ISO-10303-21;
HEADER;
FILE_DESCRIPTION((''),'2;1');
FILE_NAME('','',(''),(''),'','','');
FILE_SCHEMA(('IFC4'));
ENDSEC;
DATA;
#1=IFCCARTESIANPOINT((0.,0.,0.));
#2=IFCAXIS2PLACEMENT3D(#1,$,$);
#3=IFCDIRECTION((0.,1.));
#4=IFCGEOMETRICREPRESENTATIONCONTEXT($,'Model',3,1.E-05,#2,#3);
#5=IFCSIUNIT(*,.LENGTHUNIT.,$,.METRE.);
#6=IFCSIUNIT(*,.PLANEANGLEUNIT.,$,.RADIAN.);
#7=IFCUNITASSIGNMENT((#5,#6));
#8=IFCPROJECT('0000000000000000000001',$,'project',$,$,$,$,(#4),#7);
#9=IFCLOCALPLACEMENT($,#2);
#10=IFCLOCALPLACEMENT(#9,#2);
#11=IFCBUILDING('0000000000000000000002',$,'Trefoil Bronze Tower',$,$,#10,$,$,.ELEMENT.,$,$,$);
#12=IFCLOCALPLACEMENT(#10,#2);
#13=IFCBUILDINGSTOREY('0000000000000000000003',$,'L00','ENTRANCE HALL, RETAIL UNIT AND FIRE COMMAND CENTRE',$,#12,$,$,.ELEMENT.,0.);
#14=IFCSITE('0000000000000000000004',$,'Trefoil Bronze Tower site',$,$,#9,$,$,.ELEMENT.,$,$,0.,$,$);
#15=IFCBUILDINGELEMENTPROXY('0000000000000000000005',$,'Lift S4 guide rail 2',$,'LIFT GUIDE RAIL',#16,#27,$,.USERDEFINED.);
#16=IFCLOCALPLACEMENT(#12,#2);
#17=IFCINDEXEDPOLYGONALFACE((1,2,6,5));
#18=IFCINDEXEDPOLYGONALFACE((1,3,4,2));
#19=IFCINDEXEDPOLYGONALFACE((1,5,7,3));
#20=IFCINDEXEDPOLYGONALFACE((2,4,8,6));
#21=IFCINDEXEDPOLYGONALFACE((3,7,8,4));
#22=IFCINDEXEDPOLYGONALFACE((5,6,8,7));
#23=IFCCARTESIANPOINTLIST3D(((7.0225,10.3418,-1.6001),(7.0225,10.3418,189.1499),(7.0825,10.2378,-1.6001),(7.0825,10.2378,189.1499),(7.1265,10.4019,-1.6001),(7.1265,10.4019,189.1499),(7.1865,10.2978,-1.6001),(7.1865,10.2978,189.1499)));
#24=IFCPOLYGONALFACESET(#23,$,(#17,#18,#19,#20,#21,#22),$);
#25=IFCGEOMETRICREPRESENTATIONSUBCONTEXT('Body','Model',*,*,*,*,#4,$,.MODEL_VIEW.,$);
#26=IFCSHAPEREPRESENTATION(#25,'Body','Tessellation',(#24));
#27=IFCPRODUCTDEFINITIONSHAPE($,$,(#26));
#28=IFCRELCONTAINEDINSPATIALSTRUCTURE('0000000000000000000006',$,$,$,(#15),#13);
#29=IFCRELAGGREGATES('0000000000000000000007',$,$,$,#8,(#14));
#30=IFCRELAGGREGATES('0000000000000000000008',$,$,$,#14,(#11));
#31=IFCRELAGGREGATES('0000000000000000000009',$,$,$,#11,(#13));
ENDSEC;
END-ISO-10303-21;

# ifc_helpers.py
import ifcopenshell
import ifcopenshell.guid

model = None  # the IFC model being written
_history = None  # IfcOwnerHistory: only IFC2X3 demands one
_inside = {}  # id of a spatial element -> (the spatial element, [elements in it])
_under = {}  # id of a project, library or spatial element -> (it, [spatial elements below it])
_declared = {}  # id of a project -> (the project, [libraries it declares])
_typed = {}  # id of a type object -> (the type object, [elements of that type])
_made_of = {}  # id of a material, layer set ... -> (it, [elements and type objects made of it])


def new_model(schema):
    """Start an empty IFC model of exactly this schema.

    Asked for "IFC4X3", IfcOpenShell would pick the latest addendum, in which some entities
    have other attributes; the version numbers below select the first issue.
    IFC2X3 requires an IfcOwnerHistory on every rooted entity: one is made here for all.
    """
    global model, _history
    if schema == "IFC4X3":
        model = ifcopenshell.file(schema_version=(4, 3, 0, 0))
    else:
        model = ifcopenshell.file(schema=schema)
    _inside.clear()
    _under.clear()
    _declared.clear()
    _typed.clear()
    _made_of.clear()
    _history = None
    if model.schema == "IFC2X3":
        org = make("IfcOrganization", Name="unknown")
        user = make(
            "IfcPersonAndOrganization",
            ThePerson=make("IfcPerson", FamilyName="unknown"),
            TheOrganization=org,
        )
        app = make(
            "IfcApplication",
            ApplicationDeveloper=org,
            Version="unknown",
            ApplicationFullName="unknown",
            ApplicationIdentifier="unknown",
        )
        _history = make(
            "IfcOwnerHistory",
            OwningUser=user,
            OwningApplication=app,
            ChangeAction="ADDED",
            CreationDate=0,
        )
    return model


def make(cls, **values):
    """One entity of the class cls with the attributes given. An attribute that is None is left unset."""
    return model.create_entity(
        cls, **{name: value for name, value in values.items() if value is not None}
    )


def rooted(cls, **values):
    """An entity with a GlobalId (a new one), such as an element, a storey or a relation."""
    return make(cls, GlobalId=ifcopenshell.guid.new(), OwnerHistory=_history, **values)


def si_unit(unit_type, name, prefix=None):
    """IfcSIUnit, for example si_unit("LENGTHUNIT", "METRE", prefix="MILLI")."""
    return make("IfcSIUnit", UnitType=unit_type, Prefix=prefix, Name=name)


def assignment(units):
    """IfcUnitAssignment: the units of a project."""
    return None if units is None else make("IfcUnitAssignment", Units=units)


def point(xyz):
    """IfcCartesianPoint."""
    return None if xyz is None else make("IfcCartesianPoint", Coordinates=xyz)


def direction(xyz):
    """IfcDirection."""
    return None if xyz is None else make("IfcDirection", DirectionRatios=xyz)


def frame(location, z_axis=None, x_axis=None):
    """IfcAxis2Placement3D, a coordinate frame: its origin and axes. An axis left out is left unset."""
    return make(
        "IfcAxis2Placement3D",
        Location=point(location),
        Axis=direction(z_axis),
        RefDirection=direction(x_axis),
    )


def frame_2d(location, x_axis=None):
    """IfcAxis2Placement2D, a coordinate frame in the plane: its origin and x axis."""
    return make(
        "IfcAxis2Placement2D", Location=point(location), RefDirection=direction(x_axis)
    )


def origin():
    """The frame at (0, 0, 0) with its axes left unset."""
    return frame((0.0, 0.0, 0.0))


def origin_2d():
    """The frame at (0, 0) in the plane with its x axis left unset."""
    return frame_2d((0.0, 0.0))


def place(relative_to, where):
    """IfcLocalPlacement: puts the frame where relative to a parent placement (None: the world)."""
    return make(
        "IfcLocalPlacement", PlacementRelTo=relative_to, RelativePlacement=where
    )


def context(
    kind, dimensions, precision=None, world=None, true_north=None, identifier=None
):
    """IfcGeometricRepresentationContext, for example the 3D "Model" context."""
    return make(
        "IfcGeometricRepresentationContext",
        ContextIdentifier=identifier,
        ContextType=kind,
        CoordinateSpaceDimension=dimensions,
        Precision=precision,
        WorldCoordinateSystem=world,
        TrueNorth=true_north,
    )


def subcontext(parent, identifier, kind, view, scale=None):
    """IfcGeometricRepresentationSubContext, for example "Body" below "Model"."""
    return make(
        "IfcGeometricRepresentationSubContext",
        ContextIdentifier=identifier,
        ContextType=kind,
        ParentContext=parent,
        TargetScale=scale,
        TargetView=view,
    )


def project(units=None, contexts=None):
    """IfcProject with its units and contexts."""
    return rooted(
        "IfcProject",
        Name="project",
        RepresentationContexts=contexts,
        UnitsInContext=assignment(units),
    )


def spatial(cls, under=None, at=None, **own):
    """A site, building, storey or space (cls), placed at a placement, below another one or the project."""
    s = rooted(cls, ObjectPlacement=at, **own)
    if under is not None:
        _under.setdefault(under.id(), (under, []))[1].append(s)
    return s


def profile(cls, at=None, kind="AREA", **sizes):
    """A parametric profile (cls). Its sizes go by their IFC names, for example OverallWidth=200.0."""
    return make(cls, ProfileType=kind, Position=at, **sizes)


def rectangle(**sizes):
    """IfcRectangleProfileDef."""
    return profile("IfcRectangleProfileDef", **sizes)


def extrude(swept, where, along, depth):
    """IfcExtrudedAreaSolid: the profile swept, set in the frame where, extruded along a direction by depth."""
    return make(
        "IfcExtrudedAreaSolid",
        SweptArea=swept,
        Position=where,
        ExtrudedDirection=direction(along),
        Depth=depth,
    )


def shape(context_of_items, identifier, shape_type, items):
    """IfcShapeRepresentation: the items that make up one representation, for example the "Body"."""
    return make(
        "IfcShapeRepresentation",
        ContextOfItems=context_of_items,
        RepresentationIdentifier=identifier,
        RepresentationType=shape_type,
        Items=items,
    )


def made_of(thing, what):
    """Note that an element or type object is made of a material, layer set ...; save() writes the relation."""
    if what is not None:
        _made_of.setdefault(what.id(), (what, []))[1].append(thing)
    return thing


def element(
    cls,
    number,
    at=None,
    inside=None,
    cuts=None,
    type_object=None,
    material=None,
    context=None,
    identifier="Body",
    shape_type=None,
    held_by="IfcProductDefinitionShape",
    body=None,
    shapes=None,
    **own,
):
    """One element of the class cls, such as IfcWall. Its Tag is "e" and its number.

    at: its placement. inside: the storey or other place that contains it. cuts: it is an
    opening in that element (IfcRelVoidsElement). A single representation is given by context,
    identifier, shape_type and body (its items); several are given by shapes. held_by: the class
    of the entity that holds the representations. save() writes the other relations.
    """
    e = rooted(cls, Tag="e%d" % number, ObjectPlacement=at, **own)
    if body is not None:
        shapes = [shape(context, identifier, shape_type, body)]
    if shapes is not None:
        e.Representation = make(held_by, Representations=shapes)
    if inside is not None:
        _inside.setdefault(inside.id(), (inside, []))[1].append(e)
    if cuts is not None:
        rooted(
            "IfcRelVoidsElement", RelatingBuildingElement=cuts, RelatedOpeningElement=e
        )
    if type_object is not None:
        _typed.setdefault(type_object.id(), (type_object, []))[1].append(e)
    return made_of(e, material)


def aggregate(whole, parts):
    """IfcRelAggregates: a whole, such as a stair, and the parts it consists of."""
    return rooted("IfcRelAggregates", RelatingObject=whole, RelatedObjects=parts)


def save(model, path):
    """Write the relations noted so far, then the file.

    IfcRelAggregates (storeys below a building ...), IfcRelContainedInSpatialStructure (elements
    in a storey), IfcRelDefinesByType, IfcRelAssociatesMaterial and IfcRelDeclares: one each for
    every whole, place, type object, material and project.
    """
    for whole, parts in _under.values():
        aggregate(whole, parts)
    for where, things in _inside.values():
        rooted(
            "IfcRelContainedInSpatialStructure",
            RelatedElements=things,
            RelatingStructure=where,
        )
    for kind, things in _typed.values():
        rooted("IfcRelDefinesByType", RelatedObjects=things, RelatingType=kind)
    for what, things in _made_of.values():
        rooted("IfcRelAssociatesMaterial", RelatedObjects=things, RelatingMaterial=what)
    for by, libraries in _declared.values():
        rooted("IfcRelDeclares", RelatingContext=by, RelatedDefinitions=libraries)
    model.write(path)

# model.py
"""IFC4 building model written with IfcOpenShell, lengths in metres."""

from ifc_helpers import new_model, si_unit, direction, frame, origin, origin_2d, place, context, subcontext, project, spatial, rectangle, extrude, element, save


model = new_model("IFC4")

# Units and contexts
model_context = context("Model", 3, precision=1e-05, world=origin(), true_north=direction((0.0, 1.0)))
body_context = subcontext(model_context, "Body", "Model", "MODEL_VIEW")
ifc_project = project(units=[si_unit("LENGTHUNIT", "METRE"), si_unit("PLANEANGLEUNIT", "RADIAN")], contexts=[model_context])

# Site, building, storey
site_placement = place(None, origin())
site = spatial("IfcSite", under=ifc_project, at=site_placement, Name="Trefoil Bronze Tower site", CompositionType="ELEMENT", RefElevation=0.0)
building_placement = place(site_placement, origin())
building = spatial("IfcBuilding", under=site, at=building_placement, Name="Trefoil Bronze Tower", CompositionType="ELEMENT")
storey_placement = place(building_placement, origin())
storey = spatial("IfcBuildingStorey", under=building, at=storey_placement, Name="L00", Description="ENTRANCE HALL, RETAIL UNIT AND FIRE COMMAND CENTRE", CompositionType="ELEMENT", Elevation=0.0)

# Building element proxy
proxy_placement = place(storey_placement, frame((7.1045, 10.3198, -1.6001), z_axis=(0.0, 0.0, 1.0), x_axis=(-0.5, 0.866025, 0.0)))
element("IfcBuildingElementProxy", 1, at=proxy_placement, inside=storey, Name="Lift S4 guide rail 2", ObjectType="LIFT GUIDE RAIL", PredefinedType="USERDEFINED", context=body_context, shape_type="SweptSolid", body=[
    extrude(rectangle(XDim=0.1201, YDim=0.1201, at=origin_2d()), origin(), (0.0, 0.0, 1.0), 190.75),
])

save(model, "model.ifc")
